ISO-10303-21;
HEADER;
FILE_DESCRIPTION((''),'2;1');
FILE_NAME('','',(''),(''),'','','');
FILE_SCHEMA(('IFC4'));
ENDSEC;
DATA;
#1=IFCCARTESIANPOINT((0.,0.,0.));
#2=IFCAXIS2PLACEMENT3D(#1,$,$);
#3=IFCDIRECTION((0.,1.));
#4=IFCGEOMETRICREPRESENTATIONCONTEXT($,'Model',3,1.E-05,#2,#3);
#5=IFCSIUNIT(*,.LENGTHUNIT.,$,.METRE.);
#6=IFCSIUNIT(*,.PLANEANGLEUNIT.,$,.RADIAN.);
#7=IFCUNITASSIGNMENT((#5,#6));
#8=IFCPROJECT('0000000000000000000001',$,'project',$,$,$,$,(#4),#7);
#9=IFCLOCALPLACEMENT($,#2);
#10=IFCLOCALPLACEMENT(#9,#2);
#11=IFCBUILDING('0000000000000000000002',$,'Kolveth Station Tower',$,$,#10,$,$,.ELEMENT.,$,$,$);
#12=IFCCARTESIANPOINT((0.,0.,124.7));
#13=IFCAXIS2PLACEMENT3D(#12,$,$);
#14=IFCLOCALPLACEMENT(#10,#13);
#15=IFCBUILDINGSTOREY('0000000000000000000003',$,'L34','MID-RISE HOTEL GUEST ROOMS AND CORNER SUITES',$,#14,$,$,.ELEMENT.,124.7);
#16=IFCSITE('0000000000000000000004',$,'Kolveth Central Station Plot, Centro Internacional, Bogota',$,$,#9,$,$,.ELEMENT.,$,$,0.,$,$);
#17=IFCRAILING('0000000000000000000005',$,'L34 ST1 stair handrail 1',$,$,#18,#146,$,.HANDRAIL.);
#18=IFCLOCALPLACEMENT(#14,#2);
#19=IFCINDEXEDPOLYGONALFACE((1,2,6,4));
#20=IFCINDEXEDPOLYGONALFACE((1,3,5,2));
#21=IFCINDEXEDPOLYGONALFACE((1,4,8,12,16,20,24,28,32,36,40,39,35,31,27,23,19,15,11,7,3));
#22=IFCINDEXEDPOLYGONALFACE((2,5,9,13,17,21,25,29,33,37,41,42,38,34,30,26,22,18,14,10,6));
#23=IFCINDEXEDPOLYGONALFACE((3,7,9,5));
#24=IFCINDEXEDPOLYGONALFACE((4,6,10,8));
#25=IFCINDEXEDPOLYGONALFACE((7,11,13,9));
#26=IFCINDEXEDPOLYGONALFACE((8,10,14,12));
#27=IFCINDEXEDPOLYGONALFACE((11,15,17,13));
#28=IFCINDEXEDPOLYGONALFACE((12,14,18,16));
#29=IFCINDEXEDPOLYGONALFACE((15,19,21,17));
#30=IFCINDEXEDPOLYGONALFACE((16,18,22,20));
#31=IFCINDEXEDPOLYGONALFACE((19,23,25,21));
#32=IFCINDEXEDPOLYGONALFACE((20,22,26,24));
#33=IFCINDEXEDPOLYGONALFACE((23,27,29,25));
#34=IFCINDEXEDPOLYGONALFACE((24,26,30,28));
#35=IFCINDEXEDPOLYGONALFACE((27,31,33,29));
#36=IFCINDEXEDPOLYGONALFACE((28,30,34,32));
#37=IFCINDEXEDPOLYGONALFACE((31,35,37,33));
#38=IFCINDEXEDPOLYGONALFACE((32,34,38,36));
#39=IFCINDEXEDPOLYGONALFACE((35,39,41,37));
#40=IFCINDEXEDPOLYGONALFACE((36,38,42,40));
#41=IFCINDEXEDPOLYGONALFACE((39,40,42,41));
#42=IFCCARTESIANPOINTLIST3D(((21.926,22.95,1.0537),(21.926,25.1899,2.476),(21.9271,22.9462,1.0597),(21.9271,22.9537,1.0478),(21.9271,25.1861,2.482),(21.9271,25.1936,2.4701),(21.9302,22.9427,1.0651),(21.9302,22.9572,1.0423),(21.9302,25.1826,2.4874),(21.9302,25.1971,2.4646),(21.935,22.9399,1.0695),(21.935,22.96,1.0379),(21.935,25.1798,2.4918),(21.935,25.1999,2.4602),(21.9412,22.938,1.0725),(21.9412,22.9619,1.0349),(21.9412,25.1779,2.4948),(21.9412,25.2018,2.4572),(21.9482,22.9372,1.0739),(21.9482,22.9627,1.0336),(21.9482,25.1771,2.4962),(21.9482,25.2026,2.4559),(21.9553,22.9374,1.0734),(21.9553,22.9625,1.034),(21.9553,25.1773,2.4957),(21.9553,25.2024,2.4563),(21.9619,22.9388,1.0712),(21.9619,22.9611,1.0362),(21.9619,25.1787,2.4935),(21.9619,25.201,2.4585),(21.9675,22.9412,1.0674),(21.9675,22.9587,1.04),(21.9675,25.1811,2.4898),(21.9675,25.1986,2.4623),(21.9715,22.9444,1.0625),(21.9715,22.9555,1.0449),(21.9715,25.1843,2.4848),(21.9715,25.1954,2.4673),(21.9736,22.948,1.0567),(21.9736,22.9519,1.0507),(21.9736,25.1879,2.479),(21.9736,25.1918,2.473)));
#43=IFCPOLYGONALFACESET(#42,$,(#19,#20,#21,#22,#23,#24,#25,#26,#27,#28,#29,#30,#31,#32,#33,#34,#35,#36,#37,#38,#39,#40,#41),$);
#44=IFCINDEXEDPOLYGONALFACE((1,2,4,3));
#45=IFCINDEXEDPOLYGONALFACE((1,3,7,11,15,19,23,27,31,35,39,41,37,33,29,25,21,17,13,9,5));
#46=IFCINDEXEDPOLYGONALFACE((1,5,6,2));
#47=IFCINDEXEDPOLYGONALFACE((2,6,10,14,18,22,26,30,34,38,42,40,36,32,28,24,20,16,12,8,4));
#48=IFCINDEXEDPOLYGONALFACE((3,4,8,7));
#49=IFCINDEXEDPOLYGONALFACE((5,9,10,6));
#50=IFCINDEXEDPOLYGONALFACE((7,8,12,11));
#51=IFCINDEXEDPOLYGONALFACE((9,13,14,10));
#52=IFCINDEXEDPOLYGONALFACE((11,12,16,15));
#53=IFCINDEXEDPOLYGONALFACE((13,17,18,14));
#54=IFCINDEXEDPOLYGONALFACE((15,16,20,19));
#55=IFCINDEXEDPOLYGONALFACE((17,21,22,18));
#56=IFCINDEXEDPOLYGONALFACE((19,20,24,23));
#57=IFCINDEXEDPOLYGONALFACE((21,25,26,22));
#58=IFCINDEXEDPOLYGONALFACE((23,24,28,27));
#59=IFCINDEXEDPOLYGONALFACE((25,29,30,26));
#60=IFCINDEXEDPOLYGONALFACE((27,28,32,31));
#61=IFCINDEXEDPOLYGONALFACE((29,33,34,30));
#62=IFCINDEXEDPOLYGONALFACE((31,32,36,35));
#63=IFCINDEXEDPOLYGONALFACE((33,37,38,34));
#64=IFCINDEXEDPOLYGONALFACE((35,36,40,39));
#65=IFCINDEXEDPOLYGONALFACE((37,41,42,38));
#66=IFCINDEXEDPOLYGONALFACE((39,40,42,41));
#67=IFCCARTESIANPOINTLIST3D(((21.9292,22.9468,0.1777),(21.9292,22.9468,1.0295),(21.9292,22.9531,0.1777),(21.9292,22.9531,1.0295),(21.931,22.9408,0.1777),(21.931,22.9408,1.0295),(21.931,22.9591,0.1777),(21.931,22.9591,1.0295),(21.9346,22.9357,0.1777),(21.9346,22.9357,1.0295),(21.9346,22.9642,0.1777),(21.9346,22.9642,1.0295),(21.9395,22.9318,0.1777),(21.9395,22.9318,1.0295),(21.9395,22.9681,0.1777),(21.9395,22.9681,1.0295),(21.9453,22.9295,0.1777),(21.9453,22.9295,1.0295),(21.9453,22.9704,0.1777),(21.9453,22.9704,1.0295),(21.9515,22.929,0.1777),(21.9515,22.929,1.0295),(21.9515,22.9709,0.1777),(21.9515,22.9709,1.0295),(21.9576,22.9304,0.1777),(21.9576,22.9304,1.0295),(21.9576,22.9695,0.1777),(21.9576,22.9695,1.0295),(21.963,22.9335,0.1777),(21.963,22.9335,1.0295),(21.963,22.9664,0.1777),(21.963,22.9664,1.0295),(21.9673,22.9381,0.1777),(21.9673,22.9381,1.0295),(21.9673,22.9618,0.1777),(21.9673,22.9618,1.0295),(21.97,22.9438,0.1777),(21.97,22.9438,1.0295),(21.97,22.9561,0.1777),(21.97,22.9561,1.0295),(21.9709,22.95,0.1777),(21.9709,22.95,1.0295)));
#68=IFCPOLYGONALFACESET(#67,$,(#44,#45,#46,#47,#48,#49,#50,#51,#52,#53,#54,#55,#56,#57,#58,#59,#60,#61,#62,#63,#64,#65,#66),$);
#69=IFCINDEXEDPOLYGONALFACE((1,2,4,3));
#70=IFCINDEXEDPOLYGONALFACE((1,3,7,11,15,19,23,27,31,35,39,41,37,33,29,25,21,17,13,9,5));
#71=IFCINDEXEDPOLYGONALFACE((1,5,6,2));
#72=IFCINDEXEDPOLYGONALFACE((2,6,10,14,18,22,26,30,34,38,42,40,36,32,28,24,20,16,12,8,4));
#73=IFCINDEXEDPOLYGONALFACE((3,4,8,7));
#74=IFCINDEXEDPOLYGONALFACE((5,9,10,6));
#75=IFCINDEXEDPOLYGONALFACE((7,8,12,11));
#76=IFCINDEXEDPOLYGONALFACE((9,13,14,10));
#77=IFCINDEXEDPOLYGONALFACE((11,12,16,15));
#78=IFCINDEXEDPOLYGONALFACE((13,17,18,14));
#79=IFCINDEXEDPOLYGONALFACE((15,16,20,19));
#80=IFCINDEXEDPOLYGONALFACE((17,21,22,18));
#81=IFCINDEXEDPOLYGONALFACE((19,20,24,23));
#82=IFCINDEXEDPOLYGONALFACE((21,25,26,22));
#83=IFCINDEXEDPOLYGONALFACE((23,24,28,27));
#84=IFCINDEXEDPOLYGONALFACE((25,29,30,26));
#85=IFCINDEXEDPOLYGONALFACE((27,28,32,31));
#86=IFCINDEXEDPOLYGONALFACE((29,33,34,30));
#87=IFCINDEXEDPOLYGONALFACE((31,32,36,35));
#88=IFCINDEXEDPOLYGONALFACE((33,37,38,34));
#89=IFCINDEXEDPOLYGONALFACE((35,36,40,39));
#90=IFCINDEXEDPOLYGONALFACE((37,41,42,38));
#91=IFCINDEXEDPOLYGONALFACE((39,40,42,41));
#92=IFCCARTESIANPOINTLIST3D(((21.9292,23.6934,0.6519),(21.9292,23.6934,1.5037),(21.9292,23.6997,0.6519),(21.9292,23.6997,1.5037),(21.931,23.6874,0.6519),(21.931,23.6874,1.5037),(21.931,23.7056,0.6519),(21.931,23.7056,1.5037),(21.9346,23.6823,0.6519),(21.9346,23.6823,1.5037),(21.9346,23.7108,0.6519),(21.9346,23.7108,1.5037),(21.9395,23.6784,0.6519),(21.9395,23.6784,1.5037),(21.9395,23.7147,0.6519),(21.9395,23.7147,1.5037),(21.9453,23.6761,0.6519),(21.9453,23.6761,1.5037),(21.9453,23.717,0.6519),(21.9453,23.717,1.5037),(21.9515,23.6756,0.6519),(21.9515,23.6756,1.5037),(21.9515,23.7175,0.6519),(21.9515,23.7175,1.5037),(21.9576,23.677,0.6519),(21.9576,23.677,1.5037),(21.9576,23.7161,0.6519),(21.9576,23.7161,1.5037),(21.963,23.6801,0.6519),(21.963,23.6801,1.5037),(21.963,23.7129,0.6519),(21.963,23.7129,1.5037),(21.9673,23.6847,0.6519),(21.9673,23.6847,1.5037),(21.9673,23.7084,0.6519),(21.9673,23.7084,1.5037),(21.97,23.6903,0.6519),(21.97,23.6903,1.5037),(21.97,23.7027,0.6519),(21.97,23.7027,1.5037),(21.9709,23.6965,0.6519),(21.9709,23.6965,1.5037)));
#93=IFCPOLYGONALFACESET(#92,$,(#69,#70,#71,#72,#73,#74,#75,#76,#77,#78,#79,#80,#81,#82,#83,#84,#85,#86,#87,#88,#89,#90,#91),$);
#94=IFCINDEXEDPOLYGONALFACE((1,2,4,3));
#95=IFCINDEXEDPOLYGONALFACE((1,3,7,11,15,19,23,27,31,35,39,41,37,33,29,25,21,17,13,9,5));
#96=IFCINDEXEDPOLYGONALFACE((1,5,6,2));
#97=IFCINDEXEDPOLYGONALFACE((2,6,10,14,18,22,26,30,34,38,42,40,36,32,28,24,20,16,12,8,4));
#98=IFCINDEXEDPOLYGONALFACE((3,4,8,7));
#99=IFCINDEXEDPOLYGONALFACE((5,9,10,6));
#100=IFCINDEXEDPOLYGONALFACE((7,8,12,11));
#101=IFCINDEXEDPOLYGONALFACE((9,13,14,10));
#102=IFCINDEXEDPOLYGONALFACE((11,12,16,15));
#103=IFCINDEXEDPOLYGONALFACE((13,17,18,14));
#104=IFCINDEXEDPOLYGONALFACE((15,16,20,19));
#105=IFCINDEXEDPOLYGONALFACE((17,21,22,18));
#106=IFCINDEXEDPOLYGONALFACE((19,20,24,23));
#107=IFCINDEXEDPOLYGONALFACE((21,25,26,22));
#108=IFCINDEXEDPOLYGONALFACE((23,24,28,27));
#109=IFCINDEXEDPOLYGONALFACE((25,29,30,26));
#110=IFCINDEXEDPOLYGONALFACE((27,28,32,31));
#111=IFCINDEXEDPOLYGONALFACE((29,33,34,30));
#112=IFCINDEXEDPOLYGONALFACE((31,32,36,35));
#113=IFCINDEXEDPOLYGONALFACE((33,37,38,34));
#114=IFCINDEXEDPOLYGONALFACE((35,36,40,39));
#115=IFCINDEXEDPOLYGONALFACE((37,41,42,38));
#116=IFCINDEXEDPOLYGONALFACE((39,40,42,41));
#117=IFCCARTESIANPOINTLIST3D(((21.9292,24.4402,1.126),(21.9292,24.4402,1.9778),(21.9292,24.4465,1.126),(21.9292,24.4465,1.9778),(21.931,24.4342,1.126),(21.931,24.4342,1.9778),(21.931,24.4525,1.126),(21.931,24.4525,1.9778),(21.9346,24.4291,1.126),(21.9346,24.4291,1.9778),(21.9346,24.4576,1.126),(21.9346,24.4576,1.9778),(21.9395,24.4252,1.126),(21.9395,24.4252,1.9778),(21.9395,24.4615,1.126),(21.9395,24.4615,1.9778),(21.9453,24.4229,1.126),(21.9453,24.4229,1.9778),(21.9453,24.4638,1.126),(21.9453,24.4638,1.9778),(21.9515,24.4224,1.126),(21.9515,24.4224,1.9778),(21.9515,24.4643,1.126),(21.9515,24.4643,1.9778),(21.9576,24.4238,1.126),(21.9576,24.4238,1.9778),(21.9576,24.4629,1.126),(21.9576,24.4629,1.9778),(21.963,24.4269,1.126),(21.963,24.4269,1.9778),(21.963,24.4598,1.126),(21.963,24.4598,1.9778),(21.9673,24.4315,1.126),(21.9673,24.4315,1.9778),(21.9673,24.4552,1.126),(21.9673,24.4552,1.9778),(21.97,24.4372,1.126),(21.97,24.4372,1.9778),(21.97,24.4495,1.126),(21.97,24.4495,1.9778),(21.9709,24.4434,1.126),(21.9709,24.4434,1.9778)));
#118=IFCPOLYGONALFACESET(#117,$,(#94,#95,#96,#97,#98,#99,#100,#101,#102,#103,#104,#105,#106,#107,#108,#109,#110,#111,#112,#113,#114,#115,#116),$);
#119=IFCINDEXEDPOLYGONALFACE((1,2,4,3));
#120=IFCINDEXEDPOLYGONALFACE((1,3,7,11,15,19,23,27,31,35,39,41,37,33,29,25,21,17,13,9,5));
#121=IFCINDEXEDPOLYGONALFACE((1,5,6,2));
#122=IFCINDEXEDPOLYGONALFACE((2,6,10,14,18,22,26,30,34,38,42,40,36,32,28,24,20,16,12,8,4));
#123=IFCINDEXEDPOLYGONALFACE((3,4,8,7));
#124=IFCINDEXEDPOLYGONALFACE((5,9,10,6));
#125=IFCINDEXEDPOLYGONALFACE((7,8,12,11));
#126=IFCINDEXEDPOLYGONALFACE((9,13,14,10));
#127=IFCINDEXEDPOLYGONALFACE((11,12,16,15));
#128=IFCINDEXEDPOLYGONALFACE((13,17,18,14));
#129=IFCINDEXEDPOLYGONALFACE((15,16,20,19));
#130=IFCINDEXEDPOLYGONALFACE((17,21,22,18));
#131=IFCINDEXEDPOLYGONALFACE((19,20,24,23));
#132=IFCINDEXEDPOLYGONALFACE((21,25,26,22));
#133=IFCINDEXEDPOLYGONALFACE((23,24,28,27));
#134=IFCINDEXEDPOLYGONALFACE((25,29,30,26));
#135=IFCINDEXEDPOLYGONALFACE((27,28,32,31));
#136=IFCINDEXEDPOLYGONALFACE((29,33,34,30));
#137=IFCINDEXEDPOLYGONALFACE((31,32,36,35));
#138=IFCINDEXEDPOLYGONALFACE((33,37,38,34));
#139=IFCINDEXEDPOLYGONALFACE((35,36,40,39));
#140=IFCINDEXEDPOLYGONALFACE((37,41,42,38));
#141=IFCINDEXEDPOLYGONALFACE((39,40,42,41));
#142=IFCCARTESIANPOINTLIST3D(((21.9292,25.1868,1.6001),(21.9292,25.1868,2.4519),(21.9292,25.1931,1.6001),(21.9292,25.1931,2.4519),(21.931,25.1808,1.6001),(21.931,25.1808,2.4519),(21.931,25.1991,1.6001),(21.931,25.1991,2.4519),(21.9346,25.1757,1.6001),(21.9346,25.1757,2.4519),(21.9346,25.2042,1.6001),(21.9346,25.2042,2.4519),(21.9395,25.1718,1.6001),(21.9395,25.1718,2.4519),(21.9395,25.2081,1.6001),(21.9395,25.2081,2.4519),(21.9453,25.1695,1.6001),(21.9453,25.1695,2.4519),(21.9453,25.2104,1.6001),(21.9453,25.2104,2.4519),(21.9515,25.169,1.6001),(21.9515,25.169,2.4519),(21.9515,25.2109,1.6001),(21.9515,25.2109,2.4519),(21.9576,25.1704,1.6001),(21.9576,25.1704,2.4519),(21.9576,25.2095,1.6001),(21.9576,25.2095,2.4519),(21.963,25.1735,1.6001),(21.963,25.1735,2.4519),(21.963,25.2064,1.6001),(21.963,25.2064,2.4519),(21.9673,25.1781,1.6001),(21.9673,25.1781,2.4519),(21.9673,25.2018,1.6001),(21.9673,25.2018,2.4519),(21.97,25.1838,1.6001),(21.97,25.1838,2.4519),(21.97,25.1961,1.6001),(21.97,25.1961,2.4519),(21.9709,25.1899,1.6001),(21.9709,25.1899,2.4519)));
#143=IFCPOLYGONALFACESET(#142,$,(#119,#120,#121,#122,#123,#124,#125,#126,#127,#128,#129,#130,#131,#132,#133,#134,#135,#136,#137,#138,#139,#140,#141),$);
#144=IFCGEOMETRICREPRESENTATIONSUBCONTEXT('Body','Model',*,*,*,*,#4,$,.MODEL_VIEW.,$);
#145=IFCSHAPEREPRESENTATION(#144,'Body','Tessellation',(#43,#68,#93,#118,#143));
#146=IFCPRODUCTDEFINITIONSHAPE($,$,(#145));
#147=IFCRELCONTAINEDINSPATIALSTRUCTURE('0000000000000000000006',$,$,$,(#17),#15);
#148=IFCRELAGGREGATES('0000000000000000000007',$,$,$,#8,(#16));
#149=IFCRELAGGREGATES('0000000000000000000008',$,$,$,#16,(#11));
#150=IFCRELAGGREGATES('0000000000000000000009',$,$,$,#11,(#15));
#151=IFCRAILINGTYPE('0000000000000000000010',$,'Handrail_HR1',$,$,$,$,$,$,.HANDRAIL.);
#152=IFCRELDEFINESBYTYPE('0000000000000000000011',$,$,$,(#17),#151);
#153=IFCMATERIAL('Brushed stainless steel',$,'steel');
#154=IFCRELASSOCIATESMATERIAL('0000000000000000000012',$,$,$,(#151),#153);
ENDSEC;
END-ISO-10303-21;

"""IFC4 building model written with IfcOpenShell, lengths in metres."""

from ifc_helpers import new_model, si_unit, direction, frame, origin, origin_2d, place, context, subcontext, project, spatial, circle, extrude, material, type_object, element, save


model = new_model("IFC4")

# Units and contexts
model_context = context("Model", 3, precision=1e-05, world=origin(), true_north=direction((0.0, 1.0)))
body_context = subcontext(model_context, "Body", "Model", "MODEL_VIEW")
ifc_project = project(units=[si_unit("LENGTHUNIT", "METRE"), si_unit("PLANEANGLEUNIT", "RADIAN")], contexts=[model_context])

# Site, building, storey
site_placement = place(None, origin())
site = spatial("IfcSite", under=ifc_project, at=site_placement, Name="Kolveth Central Station Plot, Centro Internacional, Bogota", CompositionType="ELEMENT", RefElevation=0.0)
building_placement = place(site_placement, origin())
building = spatial("IfcBuilding", under=site, at=building_placement, Name="Kolveth Station Tower", CompositionType="ELEMENT")
storey_placement = place(building_placement, frame((0.0, 0.0, 124.7)))
storey = spatial("IfcBuildingStorey", under=building, at=storey_placement, Name="L34", Description="MID-RISE HOTEL GUEST ROOMS AND CORNER SUITES", CompositionType="ELEMENT", Elevation=124.7)

# Railing
ifc_material_1 = material(Name="Brushed stainless steel", Category="steel")
railing_type_1 = type_object("IfcRailingType", Name="Handrail_HR1", PredefinedType="HANDRAIL", material=ifc_material_1)
railing_1_placement = place(storey_placement, frame((21.95, 22.95, 0.1777)))
element("IfcRailing", 1, at=railing_1_placement, inside=storey, type_object=railing_type_1, Name="L34 ST1 stair handrail 1", PredefinedType="HANDRAIL", context=body_context, shape_type="SweptSolid", body=[
    extrude(circle(Radius=0.0239, at=origin_2d()), frame((0.0, 0.0, 0.876), z_axis=(0.0, 0.844188, 0.536048), x_axis=(-1.0, 0.0, 0.0)), (0.0, 0.0, 1.0), 2.6533),
    extrude(circle(Radius=0.021, at=origin_2d()), origin(), (0.0, 0.0, 1.0), 0.8518),
    extrude(circle(Radius=0.021, at=origin_2d()), frame((0.0, 0.7466, 0.4741)), (0.0, 0.0, 1.0), 0.8518),
    extrude(circle(Radius=0.021, at=origin_2d()), frame((0.0, 1.4934, 0.9482)), (0.0, 0.0, 1.0), 0.8518),
    extrude(circle(Radius=0.021, at=origin_2d()), frame((0.0, 2.24, 1.4224)), (0.0, 0.0, 1.0), 0.8518),
])

save(model, "model.ifc")
